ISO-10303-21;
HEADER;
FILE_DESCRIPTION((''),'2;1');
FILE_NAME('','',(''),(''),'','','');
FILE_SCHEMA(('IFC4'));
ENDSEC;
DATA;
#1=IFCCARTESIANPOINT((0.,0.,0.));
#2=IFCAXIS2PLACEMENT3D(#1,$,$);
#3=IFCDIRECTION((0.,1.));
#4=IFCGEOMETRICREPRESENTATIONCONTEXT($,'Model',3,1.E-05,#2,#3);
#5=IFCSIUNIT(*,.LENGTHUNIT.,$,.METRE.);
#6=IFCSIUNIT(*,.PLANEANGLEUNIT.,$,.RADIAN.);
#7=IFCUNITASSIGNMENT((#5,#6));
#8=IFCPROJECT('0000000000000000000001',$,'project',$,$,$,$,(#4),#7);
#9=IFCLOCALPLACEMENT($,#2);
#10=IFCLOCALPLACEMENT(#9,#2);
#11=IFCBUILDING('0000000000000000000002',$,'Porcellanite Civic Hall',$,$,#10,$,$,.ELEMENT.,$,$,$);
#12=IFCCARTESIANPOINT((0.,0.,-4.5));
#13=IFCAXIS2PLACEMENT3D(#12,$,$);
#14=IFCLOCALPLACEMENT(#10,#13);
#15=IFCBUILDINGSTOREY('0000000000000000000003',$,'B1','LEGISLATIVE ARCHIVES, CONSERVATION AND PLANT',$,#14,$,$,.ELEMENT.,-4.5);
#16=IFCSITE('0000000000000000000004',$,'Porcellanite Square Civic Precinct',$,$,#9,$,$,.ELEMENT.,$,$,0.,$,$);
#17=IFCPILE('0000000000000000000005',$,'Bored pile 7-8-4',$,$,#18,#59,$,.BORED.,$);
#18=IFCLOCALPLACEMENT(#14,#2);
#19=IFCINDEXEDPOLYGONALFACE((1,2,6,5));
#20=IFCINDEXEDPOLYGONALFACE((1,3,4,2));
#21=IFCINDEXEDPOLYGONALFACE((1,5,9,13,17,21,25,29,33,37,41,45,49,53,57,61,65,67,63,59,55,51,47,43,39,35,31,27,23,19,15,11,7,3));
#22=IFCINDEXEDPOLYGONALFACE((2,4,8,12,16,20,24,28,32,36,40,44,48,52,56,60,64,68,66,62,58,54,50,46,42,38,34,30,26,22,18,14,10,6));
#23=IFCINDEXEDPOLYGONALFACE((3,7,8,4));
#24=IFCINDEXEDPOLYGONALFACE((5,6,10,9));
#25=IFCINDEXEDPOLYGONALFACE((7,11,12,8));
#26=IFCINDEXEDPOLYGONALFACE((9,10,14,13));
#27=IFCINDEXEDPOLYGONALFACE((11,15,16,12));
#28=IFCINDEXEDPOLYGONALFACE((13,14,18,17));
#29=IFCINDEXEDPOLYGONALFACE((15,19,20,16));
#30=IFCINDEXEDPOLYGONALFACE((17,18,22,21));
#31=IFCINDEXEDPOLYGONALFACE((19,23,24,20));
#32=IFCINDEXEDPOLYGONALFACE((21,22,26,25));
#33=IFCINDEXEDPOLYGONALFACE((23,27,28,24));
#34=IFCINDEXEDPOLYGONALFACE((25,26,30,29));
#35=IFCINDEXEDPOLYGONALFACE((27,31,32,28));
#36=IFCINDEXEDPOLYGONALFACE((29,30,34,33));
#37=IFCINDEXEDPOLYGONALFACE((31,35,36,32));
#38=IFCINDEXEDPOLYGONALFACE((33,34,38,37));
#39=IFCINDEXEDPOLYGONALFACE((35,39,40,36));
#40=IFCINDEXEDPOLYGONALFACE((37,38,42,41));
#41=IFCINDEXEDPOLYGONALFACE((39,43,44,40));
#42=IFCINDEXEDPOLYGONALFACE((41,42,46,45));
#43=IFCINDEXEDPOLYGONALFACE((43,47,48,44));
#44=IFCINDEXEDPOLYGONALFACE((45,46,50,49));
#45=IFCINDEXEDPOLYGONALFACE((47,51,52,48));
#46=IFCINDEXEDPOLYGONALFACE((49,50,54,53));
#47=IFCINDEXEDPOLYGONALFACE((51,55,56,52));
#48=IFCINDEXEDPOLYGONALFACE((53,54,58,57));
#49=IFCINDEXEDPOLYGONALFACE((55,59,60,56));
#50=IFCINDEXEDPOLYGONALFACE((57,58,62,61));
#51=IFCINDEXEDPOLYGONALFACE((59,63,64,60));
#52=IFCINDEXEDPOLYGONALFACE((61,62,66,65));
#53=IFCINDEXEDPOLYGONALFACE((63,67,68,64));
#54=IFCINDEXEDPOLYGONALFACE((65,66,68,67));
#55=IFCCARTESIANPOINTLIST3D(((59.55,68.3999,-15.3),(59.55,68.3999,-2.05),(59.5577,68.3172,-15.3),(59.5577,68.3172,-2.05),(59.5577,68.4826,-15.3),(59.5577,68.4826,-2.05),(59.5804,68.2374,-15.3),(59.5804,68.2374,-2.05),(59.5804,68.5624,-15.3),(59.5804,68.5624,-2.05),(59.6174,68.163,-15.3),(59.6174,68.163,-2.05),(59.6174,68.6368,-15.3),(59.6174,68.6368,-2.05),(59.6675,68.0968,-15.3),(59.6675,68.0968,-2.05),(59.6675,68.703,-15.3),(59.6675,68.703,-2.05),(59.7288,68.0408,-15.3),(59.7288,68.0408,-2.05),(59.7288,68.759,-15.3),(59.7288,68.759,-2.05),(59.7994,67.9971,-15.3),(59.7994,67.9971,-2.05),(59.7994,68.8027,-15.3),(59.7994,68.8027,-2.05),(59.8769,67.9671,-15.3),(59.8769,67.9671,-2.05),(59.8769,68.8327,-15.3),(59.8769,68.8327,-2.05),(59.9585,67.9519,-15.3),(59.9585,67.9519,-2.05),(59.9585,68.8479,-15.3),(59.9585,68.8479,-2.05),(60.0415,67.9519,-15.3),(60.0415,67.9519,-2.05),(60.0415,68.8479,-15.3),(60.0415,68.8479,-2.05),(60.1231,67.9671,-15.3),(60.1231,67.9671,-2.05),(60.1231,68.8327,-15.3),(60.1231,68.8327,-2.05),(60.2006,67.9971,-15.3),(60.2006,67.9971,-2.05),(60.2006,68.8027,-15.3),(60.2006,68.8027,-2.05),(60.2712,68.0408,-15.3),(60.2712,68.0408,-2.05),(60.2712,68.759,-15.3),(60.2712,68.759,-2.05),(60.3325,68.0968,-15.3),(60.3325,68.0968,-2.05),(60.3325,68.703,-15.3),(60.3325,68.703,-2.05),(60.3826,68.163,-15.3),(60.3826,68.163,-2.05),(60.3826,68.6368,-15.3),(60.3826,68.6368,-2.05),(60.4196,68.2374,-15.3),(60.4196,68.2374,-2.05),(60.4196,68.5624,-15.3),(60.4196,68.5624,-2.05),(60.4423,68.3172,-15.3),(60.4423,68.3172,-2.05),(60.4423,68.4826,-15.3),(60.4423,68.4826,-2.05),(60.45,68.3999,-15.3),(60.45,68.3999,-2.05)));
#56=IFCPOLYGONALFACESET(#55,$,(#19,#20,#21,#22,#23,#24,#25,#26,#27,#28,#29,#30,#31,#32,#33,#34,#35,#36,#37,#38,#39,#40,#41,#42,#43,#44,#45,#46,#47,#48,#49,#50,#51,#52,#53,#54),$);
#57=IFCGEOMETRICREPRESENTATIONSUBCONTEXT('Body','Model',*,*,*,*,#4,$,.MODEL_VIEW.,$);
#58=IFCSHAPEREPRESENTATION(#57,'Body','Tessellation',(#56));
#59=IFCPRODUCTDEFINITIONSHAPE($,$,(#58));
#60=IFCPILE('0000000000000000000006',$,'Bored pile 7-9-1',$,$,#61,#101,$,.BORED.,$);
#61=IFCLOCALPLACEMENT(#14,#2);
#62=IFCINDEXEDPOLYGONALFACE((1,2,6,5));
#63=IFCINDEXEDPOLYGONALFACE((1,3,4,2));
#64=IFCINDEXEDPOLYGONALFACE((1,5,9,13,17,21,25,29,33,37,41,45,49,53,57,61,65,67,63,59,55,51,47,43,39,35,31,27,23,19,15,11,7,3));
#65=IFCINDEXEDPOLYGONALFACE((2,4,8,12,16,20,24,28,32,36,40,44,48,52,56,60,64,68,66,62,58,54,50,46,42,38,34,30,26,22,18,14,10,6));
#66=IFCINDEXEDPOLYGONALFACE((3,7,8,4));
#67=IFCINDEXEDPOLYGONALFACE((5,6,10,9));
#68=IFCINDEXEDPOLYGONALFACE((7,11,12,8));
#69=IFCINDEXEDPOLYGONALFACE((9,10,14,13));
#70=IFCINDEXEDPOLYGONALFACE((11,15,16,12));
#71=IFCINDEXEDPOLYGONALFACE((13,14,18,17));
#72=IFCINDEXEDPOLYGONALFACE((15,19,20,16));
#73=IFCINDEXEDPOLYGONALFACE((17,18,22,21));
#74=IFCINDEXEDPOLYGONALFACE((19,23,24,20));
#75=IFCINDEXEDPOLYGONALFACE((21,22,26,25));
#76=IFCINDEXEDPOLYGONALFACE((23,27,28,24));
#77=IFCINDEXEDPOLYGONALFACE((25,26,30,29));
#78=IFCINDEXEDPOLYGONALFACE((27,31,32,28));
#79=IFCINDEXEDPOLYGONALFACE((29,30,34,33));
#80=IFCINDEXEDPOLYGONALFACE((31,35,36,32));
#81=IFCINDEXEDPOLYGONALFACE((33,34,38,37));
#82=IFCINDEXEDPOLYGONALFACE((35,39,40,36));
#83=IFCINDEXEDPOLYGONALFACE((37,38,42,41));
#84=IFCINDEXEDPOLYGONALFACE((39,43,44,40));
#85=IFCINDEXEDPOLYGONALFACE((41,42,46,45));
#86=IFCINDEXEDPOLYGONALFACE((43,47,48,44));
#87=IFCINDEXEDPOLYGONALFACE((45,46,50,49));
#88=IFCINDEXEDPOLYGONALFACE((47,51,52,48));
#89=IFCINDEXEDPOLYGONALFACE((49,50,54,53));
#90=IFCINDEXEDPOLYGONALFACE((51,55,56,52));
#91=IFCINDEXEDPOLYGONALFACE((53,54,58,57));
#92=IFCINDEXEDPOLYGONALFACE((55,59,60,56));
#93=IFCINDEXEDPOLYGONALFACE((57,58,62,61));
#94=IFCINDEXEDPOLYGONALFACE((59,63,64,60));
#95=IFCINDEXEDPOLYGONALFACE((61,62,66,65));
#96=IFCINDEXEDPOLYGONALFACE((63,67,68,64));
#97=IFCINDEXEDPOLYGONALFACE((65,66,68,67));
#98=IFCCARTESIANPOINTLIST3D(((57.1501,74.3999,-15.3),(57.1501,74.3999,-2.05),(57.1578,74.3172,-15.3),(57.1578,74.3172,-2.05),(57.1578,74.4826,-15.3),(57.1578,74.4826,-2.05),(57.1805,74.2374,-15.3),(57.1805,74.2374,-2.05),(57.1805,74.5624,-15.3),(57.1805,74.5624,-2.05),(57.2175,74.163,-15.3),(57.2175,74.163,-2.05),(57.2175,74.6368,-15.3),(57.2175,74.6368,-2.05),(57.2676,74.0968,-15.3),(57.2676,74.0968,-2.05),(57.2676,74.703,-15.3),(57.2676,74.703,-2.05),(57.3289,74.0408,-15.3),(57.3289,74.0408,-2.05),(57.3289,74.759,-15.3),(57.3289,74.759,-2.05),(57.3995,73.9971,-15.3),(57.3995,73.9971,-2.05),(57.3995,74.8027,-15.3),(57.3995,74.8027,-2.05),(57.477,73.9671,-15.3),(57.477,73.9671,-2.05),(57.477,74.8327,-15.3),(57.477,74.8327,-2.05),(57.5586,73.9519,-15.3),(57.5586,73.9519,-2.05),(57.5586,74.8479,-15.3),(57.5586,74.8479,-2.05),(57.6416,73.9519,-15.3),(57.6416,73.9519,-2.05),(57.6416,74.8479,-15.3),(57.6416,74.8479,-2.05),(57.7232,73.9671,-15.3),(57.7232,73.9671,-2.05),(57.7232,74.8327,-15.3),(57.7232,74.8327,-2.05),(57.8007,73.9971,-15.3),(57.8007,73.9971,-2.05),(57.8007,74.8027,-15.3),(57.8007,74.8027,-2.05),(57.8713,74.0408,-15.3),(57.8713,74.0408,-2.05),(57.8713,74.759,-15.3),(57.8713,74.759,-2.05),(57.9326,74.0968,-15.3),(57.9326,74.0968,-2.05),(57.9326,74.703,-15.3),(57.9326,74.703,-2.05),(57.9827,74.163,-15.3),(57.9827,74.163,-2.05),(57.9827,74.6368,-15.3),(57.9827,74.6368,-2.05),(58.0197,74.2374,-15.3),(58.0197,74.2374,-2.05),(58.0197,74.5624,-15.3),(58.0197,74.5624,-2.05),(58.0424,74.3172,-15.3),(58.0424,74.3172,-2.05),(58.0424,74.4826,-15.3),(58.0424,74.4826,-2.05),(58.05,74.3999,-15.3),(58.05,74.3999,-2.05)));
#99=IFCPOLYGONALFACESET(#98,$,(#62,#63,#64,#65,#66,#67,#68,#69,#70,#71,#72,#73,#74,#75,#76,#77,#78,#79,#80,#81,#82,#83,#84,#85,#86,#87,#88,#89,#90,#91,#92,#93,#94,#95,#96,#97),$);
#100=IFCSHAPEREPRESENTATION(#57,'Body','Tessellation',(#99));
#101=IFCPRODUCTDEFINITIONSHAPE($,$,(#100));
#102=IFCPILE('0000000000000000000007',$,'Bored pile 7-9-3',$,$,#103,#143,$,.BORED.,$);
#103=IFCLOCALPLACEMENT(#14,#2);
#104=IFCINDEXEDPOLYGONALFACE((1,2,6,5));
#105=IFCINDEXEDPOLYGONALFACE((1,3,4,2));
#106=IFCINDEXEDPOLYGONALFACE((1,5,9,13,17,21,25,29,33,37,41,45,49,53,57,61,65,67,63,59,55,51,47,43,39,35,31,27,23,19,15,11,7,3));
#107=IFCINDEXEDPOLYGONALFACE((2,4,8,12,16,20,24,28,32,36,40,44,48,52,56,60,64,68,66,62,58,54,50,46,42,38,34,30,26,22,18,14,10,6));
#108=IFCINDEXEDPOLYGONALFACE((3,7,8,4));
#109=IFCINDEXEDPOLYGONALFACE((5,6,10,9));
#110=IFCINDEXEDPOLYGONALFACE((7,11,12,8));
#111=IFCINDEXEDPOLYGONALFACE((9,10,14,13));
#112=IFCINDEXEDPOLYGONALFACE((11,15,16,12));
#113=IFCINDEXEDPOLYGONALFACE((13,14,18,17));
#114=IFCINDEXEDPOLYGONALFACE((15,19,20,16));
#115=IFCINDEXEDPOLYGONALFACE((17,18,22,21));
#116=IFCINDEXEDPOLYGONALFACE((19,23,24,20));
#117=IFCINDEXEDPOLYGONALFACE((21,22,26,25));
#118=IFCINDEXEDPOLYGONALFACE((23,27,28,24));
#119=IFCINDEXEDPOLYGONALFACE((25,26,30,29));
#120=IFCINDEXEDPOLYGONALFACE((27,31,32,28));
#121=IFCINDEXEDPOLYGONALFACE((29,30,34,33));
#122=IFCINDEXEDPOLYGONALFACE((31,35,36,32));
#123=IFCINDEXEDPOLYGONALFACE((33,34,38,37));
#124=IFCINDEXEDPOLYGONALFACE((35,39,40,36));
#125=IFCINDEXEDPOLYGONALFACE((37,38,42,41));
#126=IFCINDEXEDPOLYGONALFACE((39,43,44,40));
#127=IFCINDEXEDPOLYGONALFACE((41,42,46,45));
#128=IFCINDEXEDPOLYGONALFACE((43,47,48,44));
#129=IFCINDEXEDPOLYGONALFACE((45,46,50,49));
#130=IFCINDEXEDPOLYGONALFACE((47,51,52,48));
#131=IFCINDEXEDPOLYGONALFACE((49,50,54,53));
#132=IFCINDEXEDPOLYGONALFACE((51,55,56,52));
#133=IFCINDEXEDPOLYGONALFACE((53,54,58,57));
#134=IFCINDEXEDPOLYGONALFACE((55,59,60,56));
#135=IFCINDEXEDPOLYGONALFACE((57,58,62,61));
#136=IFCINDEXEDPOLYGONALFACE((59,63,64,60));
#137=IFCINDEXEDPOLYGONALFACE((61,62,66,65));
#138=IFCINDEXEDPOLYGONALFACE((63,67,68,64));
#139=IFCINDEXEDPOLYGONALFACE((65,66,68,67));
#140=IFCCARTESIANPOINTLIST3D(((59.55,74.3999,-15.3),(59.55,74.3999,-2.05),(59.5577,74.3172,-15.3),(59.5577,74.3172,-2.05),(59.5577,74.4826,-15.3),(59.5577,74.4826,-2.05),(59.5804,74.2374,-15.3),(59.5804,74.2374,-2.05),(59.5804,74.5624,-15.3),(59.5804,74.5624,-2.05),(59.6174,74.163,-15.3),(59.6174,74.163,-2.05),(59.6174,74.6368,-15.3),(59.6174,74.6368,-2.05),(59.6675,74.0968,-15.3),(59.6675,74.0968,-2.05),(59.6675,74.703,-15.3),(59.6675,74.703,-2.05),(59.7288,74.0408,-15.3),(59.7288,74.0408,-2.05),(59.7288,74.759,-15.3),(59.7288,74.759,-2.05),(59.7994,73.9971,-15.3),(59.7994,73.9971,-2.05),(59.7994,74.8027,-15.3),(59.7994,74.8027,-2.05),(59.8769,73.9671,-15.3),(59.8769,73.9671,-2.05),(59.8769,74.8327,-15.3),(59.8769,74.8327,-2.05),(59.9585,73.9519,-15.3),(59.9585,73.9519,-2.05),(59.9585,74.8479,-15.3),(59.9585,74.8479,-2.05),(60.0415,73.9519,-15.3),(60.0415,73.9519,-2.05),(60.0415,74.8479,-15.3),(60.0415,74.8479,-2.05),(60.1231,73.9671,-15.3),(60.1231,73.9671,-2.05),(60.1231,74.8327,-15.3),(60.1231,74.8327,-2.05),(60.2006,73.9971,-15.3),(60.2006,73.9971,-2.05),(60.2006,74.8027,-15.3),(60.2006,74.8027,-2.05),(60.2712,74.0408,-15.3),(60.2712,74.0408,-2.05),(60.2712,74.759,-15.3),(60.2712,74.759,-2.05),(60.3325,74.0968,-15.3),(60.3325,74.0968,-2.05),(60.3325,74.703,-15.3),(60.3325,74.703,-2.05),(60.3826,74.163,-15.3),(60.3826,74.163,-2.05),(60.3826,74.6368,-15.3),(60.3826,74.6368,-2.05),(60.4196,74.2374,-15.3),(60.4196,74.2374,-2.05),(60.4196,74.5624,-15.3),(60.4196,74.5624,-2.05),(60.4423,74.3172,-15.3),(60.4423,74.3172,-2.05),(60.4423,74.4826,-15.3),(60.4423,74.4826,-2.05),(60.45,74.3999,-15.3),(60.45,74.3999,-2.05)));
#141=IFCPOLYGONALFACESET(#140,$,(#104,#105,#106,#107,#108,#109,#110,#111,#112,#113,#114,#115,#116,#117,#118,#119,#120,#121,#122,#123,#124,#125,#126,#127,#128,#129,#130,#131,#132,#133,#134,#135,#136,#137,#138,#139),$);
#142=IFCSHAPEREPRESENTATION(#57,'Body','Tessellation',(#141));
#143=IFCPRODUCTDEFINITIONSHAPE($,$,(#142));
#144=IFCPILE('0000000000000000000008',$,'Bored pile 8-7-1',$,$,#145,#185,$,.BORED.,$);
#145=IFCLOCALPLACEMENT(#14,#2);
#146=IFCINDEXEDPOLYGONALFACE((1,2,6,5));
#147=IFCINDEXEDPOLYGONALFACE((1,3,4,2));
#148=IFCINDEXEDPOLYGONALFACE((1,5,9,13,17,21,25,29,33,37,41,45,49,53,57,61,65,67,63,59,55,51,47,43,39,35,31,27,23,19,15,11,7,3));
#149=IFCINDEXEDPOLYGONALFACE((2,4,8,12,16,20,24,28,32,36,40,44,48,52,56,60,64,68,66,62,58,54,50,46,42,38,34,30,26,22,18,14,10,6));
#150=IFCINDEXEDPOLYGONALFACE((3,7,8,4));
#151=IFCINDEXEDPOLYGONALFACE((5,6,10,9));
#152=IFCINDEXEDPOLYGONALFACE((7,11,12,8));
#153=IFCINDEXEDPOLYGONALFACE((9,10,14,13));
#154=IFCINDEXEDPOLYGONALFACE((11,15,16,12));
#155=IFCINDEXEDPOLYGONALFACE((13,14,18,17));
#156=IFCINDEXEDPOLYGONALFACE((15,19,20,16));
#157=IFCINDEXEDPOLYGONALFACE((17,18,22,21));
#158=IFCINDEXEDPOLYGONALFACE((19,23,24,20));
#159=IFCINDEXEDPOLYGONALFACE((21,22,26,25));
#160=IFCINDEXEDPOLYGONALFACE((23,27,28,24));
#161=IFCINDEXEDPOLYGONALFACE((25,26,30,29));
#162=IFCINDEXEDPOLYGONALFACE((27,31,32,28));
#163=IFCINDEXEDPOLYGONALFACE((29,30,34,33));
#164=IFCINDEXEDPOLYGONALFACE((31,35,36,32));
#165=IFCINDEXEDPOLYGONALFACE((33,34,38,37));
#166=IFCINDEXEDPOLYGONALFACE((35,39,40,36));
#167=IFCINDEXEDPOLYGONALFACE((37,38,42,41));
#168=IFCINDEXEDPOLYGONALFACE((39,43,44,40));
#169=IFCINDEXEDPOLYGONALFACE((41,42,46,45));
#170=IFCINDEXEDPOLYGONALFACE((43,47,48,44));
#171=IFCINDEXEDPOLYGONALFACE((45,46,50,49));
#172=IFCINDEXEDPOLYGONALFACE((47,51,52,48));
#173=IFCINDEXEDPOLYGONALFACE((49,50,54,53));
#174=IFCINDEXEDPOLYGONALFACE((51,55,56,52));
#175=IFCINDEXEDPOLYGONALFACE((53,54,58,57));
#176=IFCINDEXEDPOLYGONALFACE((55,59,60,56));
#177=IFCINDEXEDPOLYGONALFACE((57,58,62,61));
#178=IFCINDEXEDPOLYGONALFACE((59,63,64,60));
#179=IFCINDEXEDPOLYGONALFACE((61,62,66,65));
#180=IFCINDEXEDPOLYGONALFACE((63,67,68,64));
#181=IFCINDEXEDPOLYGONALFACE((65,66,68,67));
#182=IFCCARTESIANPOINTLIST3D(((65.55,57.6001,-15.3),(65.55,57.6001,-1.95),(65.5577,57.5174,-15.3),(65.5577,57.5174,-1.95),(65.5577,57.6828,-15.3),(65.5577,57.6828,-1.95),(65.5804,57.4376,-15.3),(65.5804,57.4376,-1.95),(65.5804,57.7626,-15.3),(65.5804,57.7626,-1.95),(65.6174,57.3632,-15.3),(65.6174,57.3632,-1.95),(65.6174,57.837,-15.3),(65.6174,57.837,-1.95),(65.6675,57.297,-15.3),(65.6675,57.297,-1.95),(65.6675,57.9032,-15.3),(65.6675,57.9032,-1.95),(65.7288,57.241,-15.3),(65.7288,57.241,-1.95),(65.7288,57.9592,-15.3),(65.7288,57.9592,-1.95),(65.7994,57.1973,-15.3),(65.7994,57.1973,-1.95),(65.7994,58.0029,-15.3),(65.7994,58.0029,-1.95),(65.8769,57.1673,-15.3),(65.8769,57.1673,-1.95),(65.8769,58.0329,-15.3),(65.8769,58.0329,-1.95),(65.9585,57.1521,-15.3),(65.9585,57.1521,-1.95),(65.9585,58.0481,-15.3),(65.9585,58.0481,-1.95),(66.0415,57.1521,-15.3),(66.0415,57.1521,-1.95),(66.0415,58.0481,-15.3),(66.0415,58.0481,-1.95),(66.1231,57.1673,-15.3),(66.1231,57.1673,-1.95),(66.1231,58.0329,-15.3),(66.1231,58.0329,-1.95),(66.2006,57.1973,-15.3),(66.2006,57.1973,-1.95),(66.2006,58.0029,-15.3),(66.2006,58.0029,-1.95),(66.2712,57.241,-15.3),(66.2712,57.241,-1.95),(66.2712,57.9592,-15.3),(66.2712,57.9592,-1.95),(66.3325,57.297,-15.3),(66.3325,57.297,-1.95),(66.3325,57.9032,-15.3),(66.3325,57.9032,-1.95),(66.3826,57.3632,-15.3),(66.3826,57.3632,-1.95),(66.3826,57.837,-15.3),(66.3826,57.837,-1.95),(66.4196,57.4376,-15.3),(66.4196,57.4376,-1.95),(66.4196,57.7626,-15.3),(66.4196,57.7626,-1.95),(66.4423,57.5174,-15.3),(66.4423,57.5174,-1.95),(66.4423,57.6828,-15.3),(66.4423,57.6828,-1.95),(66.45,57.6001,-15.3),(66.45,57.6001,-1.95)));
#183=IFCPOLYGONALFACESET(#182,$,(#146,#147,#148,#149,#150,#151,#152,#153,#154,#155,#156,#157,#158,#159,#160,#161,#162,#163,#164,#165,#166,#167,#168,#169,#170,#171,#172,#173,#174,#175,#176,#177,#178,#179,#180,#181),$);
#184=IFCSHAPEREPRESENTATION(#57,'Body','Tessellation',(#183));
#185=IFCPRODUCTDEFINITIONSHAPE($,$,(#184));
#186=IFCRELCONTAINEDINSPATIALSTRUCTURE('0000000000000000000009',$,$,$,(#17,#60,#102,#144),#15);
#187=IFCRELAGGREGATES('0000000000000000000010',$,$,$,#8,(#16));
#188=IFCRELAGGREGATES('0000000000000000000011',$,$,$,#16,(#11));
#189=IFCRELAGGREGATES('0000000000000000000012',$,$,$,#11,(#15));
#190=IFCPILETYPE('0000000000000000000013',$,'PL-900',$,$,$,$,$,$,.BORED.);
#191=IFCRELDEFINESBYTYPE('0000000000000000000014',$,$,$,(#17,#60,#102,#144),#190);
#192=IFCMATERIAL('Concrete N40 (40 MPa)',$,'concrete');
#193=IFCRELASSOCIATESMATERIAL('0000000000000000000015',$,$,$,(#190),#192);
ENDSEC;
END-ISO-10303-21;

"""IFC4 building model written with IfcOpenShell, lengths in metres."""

from ifc_helpers import new_model, si_unit, direction, frame, origin, origin_2d, place, context, subcontext, project, spatial, circle, extrude, material, material_profile, profile_set, type_object, element, save


model = new_model("IFC4")

# Units and contexts
model_context = context("Model", 3, precision=1e-05, world=origin(), true_north=direction((0.0, 1.0)))
body_context = subcontext(model_context, "Body", "Model", "MODEL_VIEW")
ifc_project = project(units=[si_unit("LENGTHUNIT", "METRE"), si_unit("PLANEANGLEUNIT", "RADIAN")], contexts=[model_context])

# Site, building, storey
site_placement = place(None, origin())
site = spatial("IfcSite", under=ifc_project, at=site_placement, Name="Porcellanite Square Civic Precinct", CompositionType="ELEMENT", RefElevation=0.0)
building_placement = place(site_placement, origin())
building = spatial("IfcBuilding", under=site, at=building_placement, Name="Porcellanite Civic Hall", CompositionType="ELEMENT")
storey_placement = place(building_placement, frame((0.0, 0.0, -4.5)))
storey = spatial("IfcBuildingStorey", under=building, at=storey_placement, Name="B1", Description="LEGISLATIVE ARCHIVES, CONSERVATION AND PLANT", CompositionType="ELEMENT", Elevation=-4.5)

# Piles
ifc_material_1 = material(Name="Concrete N40 (40 MPa)", Category="concrete")
ifc_material_profile_1 = material_profile(ifc_material_1, circle(Radius=0.45, at=origin_2d()), Name="PILE-D900")
ifc_profile_set_1 = profile_set([ifc_material_profile_1], Name="Concrete N40 (40 MPa)")
pile_type = type_object("IfcPileType", Name="PL-900", PredefinedType="BORED", material=ifc_profile_set_1)
for number, where, z_axis, x_axis, name in (
    (1, (60.0, 68.3999, -2.05), (0.0, 0.0, -1.0), (1.0, 0.0, 0.0), "Bored pile 7-8-4"),
    (2, (57.6001, 74.3999, -2.05), (0.0, 0.0, -1.0), (1.0, 0.0, 0.0), "Bored pile 7-9-1"),
    (3, (60.0, 74.3999, -2.05), (0.0, 0.0, -1.0), (1.0, 0.0, 0.0), "Bored pile 7-9-3"),
):
    element("IfcPile", number, at=place(storey_placement, frame(where, z_axis=z_axis, x_axis=x_axis)), inside=storey, type_object=pile_type, Name=name, PredefinedType="BORED", context=body_context, shape_type="SweptSolid", body=[
        extrude(circle(Radius=0.45, at=origin_2d()), origin(), (0.0, 0.0, 1.0), 13.25),
    ])
for number, where, z_axis, x_axis, name in (
    (4, (66.0, 57.6001, -1.95), (0.0, 0.0, -1.0), (1.0, 0.0, 0.0), "Bored pile 8-7-1"),
):
    element("IfcPile", number, at=place(storey_placement, frame(where, z_axis=z_axis, x_axis=x_axis)), inside=storey, type_object=pile_type, Name=name, PredefinedType="BORED", context=body_context, shape_type="SweptSolid", body=[
        extrude(circle(Radius=0.45, at=origin_2d()), origin(), (0.0, 0.0, 1.0), 13.3501),
    ])

save(model, "model.ifc")
